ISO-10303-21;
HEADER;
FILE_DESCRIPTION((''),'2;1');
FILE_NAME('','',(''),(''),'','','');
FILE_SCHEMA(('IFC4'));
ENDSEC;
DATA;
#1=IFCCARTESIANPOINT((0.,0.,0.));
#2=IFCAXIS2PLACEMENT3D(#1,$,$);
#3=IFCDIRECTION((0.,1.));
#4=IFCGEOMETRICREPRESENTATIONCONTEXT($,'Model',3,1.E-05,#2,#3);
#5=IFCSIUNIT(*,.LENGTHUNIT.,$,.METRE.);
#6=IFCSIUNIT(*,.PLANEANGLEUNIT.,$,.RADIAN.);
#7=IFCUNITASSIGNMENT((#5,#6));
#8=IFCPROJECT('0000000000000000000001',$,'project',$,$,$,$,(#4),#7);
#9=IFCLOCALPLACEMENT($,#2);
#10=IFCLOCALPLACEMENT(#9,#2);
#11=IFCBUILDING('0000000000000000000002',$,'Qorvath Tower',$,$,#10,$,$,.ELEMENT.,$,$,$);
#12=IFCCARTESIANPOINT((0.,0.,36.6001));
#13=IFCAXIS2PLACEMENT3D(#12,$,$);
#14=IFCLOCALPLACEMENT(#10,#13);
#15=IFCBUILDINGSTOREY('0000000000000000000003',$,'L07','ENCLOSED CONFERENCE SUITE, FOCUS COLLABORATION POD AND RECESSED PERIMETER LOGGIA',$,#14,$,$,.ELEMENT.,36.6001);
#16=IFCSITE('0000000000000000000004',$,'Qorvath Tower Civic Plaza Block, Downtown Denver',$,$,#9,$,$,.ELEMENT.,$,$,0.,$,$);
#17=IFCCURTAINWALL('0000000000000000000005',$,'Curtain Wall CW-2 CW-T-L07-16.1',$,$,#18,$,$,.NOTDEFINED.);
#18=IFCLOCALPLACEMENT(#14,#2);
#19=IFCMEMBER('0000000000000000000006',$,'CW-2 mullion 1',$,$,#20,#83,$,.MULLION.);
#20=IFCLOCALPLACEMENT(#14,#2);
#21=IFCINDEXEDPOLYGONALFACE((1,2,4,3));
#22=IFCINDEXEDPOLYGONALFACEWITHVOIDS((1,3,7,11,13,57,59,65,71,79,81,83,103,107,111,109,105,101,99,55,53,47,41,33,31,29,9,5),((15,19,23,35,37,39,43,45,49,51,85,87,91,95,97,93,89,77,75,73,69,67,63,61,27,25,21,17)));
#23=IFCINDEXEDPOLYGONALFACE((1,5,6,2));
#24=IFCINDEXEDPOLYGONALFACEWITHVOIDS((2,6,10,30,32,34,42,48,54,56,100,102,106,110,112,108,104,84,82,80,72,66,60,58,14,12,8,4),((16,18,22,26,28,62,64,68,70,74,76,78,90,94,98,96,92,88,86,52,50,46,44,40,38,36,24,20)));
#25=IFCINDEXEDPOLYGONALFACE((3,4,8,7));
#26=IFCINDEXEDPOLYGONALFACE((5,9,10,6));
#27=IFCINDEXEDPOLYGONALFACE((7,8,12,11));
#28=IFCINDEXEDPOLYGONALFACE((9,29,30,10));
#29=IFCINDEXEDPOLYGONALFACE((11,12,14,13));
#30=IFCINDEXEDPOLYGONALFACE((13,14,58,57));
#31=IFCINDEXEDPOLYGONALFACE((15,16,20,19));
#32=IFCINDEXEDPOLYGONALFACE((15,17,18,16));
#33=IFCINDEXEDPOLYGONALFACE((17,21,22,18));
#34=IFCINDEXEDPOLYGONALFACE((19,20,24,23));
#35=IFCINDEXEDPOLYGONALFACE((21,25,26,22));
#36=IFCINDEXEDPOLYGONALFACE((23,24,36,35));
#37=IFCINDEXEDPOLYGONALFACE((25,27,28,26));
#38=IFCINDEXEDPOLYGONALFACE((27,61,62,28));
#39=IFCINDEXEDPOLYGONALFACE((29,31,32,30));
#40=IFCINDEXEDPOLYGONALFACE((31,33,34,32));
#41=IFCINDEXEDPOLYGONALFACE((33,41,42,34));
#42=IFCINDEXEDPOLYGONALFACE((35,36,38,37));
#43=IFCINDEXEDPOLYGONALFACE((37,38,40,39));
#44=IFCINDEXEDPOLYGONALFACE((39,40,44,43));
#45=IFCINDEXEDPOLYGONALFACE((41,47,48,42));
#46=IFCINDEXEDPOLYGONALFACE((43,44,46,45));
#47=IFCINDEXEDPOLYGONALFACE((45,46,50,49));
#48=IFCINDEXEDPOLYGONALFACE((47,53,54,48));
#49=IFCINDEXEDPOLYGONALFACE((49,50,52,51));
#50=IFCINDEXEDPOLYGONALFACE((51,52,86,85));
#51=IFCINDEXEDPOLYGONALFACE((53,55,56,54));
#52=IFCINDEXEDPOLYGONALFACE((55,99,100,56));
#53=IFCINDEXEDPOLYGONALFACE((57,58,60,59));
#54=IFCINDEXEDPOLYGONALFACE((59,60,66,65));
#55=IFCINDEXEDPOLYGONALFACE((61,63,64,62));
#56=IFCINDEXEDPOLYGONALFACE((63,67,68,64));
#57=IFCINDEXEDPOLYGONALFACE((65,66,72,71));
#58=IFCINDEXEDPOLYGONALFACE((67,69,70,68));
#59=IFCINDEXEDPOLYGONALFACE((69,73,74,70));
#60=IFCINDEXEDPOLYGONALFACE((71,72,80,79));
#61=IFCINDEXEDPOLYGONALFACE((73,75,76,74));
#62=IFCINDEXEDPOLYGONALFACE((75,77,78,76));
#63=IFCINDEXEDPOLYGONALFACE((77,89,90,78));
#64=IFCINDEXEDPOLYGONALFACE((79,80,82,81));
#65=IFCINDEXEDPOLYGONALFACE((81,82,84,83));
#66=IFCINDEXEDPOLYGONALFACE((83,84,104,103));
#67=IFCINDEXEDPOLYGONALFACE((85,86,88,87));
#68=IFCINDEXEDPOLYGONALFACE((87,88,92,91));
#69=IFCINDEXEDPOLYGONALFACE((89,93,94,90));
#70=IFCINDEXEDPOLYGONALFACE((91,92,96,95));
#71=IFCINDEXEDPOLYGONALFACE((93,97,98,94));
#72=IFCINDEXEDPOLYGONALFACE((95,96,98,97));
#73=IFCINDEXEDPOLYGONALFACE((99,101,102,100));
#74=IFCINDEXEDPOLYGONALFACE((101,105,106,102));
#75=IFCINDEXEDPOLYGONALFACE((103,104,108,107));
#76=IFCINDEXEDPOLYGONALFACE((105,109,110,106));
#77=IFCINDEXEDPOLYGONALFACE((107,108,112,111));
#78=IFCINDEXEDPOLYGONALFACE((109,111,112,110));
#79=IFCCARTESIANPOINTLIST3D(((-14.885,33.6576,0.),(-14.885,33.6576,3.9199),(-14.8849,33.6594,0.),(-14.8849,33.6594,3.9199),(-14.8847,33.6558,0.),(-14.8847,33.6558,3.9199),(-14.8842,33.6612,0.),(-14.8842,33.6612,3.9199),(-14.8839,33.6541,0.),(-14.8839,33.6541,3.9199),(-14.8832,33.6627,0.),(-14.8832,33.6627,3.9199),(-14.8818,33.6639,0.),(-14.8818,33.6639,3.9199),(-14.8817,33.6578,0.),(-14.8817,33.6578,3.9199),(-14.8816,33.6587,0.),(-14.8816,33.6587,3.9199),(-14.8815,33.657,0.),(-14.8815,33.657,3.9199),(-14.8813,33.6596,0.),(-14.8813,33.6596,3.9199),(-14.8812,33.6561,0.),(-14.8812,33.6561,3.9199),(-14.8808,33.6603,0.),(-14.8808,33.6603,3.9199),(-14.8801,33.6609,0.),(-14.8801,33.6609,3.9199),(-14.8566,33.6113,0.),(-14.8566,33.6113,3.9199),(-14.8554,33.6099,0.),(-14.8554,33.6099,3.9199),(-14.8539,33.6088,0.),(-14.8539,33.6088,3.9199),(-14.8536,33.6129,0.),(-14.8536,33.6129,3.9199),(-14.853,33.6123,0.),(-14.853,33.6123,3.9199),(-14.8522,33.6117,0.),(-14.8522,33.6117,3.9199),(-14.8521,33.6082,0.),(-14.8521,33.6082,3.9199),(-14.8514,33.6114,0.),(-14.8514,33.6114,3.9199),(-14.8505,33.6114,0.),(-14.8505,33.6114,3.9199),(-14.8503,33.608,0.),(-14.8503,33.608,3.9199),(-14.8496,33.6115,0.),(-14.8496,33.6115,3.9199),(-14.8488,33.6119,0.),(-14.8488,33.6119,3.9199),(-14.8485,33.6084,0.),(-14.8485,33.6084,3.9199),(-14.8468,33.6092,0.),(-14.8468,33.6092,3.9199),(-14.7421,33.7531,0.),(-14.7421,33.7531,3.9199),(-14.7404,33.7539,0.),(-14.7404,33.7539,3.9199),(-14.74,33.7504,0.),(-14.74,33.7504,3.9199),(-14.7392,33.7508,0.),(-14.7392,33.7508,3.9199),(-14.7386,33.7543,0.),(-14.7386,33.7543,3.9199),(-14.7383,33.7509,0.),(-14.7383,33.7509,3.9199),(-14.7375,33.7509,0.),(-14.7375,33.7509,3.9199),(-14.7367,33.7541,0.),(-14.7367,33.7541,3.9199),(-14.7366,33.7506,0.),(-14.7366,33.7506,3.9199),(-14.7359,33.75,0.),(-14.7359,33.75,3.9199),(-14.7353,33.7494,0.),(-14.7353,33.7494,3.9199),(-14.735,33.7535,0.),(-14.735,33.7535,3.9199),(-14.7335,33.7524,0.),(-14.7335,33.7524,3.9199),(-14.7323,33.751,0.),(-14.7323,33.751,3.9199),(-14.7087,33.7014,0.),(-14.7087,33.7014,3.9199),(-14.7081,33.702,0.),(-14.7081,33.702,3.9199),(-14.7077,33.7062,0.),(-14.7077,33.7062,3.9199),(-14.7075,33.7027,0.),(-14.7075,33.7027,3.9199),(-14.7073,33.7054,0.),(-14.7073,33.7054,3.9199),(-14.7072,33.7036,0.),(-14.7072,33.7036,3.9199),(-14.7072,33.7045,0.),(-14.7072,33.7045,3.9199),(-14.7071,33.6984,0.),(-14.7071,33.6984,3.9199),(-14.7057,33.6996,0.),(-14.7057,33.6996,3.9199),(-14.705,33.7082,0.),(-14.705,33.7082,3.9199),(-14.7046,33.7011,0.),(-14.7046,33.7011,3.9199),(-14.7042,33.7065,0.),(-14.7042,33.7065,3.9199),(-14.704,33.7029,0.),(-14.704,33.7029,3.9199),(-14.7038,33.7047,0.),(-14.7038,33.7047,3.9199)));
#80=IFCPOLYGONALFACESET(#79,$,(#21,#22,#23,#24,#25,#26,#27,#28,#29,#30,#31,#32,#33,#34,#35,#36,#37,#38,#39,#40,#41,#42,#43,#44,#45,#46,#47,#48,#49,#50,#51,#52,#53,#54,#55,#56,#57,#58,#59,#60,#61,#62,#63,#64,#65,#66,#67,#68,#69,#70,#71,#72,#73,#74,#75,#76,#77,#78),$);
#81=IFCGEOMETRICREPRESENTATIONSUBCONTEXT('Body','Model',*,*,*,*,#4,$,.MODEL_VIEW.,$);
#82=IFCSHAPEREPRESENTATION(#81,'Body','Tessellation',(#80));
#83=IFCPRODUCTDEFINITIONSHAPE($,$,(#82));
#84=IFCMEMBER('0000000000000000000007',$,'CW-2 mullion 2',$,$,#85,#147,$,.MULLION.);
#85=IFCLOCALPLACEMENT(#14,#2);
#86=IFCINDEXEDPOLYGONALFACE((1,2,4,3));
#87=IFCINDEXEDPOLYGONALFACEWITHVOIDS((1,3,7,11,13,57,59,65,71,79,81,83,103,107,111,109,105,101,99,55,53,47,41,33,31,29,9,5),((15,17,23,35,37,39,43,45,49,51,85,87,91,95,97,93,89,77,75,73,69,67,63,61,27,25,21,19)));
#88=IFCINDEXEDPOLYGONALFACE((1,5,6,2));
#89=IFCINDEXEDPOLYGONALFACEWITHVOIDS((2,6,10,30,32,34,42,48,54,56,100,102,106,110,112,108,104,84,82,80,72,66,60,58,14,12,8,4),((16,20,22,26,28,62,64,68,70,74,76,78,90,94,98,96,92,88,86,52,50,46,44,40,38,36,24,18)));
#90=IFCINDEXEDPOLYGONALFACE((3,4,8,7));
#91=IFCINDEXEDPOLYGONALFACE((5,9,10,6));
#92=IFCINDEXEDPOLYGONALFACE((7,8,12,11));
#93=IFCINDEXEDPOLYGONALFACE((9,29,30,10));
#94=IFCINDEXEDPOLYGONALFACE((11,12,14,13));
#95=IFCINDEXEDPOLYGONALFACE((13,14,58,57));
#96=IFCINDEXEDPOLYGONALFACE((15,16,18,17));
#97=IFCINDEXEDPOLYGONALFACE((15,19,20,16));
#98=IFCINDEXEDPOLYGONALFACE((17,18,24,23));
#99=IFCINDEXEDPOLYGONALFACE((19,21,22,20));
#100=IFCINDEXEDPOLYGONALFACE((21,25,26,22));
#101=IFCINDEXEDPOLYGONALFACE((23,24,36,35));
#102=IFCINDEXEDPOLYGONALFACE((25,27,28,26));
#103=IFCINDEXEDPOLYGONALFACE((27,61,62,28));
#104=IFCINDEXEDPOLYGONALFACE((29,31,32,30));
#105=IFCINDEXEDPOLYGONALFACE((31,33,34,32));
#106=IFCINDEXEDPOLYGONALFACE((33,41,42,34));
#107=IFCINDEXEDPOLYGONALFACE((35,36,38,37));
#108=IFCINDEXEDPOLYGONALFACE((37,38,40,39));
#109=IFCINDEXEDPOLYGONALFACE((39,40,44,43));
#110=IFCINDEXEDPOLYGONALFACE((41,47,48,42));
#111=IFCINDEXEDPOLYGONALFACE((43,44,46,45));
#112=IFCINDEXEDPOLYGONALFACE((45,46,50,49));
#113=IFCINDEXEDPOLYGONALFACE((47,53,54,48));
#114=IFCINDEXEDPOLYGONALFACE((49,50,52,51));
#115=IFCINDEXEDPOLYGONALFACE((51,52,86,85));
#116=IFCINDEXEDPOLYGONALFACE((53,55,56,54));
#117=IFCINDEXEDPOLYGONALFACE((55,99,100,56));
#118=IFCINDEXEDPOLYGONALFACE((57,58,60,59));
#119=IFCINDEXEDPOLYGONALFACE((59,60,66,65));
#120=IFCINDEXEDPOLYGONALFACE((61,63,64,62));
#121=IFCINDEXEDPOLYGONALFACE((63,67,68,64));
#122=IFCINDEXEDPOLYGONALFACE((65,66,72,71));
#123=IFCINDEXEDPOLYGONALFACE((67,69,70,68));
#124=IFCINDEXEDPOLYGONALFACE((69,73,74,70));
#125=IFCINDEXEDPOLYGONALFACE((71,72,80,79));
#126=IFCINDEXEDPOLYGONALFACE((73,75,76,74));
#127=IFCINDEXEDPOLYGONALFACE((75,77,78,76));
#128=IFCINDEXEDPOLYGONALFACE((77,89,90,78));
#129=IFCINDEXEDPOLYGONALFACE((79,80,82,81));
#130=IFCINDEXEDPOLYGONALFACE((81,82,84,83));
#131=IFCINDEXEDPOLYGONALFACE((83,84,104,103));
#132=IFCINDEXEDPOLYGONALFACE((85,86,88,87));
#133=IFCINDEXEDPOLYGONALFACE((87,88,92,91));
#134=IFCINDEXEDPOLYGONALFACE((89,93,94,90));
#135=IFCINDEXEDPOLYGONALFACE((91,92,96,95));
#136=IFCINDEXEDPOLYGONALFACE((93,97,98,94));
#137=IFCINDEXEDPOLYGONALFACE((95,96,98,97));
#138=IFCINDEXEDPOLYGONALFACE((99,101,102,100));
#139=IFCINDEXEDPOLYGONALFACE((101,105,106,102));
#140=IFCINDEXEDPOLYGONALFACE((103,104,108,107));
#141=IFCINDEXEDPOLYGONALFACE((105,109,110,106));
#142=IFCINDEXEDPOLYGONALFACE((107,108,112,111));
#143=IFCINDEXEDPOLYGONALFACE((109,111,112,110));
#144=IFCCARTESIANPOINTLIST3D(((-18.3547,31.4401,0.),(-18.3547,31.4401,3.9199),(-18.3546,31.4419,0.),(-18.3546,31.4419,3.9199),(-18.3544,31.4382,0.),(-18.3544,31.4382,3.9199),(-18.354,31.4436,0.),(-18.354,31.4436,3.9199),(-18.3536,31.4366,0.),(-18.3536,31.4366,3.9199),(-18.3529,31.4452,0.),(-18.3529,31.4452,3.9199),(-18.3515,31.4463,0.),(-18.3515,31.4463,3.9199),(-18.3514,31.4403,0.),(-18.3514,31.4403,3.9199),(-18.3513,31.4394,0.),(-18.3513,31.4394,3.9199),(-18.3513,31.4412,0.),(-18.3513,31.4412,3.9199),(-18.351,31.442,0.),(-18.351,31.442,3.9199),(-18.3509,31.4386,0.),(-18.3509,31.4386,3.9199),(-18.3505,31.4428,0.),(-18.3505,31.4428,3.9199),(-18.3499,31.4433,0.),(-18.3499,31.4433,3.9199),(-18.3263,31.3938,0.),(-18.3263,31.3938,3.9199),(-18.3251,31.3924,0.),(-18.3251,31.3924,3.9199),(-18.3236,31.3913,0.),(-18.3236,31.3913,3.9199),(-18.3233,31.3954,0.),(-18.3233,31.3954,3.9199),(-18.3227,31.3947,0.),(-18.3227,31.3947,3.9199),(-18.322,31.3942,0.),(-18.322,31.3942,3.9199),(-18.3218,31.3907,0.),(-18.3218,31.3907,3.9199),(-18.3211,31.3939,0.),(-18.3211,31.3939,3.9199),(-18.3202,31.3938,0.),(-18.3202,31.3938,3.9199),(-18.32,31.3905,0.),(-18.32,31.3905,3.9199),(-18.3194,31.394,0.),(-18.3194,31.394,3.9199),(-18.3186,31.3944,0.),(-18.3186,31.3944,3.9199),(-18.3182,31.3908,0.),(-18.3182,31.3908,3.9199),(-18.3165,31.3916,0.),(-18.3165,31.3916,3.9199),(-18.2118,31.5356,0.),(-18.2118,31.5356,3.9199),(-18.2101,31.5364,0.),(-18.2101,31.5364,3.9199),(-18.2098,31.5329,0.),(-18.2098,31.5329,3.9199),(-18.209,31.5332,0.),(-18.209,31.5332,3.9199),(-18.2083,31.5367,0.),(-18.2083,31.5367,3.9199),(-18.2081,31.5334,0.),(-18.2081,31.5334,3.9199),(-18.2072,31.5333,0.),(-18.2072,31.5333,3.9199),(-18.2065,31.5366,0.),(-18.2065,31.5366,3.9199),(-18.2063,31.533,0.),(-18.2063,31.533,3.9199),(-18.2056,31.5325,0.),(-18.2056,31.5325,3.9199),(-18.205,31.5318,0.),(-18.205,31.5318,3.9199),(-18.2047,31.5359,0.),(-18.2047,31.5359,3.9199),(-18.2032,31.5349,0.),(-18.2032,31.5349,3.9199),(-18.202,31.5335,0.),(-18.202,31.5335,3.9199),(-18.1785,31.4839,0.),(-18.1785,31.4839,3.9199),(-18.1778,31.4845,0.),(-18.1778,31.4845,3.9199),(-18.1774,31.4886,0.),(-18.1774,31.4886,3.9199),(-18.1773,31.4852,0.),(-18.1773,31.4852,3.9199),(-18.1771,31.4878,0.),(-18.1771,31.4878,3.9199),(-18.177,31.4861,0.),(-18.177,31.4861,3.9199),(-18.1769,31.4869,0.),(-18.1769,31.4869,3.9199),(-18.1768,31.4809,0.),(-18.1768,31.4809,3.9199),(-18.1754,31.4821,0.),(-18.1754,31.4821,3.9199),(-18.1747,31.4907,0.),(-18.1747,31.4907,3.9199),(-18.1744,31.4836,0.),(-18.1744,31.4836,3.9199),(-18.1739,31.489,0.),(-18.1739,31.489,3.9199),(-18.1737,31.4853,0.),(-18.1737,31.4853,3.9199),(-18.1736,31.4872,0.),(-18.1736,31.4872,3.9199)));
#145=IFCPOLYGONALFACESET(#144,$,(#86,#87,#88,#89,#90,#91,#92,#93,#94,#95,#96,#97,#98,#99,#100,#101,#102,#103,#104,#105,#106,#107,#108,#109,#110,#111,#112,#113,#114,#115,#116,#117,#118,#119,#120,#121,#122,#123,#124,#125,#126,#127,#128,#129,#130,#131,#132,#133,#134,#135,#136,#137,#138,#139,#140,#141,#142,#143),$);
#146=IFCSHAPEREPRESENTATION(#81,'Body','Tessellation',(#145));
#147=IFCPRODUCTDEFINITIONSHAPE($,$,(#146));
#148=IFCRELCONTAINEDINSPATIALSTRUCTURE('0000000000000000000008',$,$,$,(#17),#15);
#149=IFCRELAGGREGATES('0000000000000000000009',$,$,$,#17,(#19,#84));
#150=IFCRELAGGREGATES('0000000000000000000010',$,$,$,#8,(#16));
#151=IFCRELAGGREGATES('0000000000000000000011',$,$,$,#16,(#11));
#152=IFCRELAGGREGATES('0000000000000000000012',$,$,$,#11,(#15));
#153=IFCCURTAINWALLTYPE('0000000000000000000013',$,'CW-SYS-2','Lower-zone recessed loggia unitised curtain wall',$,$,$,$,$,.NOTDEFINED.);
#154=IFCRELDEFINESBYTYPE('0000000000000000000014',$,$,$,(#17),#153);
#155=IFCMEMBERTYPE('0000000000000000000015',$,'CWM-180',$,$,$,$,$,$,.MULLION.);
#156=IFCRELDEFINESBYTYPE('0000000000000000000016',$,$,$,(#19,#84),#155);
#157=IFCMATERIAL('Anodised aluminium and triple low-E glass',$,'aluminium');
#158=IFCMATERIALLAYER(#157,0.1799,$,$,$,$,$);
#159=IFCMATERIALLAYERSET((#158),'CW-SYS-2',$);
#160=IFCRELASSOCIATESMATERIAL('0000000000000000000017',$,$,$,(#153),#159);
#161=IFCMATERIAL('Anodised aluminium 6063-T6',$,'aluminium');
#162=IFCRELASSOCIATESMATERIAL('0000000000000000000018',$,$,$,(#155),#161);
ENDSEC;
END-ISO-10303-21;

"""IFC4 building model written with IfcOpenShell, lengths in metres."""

from ifc_helpers import new_model, si_unit, direction, frame, origin, origin_2d, place, context, subcontext, project, spatial, hollow_rectangle, extrude, material, layer, layer_set, material_profile, profile_set, type_object, element, aggregate, save


model = new_model("IFC4")

# Units and contexts
model_context = context("Model", 3, precision=1e-05, world=origin(), true_north=direction((0.0, 1.0)))
body_context = subcontext(model_context, "Body", "Model", "MODEL_VIEW")
ifc_project = project(units=[si_unit("LENGTHUNIT", "METRE"), si_unit("PLANEANGLEUNIT", "RADIAN")], contexts=[model_context])

# Site, building, storey
site_placement = place(None, origin())
site = spatial("IfcSite", under=ifc_project, at=site_placement, Name="Qorvath Tower Civic Plaza Block, Downtown Denver", CompositionType="ELEMENT", RefElevation=0.0)
building_placement = place(site_placement, origin())
building = spatial("IfcBuilding", under=site, at=building_placement, Name="Qorvath Tower", CompositionType="ELEMENT")
storey_placement = place(building_placement, frame((0.0, 0.0, 36.6001)))
storey = spatial("IfcBuildingStorey", under=building, at=storey_placement, Name="L07", Description="ENCLOSED CONFERENCE SUITE, FOCUS COLLABORATION POD AND RECESSED PERIMETER LOGGIA", CompositionType="ELEMENT", Elevation=36.6001)

# Shared definitions
ifc_material_1 = material(Name="Anodised aluminium and triple low-E glass", Category="aluminium")
ifc_layer_1 = layer(ifc_material_1, 0.1799)
ifc_layer_set_1 = layer_set([ifc_layer_1], Name="CW-SYS-2")
curtain_wall_type = type_object("IfcCurtainWallType", Name="CW-SYS-2", Description="Lower-zone recessed loggia unitised curtain wall", PredefinedType="NOTDEFINED", material=ifc_layer_set_1)
ifc_material_2 = material(Name="Anodised aluminium 6063-T6", Category="aluminium")
ifc_material_profile_1 = material_profile(ifc_material_2, hollow_rectangle(XDim=0.0649, YDim=0.1799, WallThickness=0.0034, InnerFilletRadius=0.0034, OuterFilletRadius=0.0071, at=origin_2d()), Name="CWM 180x65")
ifc_profile_set_1 = profile_set([ifc_material_profile_1], Name="Anodised aluminium 6063-T6")
member_type_1 = type_object("IfcMemberType", Name="CWM-180", PredefinedType="MULLION", material=ifc_profile_set_1)

# Curtain wall, members
curtain_wall_1_placement = place(storey_placement, origin())
curtain_wall_1 = element("IfcCurtainWall", 1, at=curtain_wall_1_placement, inside=storey, type_object=curtain_wall_type, Name="Curtain Wall CW-2 CW-T-L07-16.1", PredefinedType="NOTDEFINED")
member_1_placement = place(storey_placement, frame((-14.7944, 33.6812, 0.0), z_axis=(0.0, 0.0, 1.0), x_axis=(0.538539, -0.842601, 0.0)))
member_1 = element("IfcMember", 2, at=member_1_placement, type_object=member_type_1, Name="CW-2 mullion 1", PredefinedType="MULLION", context=body_context, shape_type="SweptSolid", body=[
    extrude(hollow_rectangle(XDim=0.0649, YDim=0.1799, WallThickness=0.0034, InnerFilletRadius=0.0034, OuterFilletRadius=0.0071, at=origin_2d()), origin(), (0.0, 0.0, 1.0), 3.9199),
])
member_2_placement = place(storey_placement, frame((-18.2642, 31.4636, 0.0), z_axis=(0.0, 0.0, 1.0), x_axis=(0.538539, -0.842601, 0.0)))
member_2 = element("IfcMember", 3, at=member_2_placement, type_object=member_type_1, Name="CW-2 mullion 2", PredefinedType="MULLION", context=body_context, shape_type="SweptSolid", body=[
    extrude(hollow_rectangle(XDim=0.0649, YDim=0.1799, WallThickness=0.0034, InnerFilletRadius=0.0034, OuterFilletRadius=0.0071, at=origin_2d()), origin(), (0.0, 0.0, 1.0), 3.9199),
])

aggregate(curtain_wall_1, [member_1, member_2])

save(model, "model.ifc")
